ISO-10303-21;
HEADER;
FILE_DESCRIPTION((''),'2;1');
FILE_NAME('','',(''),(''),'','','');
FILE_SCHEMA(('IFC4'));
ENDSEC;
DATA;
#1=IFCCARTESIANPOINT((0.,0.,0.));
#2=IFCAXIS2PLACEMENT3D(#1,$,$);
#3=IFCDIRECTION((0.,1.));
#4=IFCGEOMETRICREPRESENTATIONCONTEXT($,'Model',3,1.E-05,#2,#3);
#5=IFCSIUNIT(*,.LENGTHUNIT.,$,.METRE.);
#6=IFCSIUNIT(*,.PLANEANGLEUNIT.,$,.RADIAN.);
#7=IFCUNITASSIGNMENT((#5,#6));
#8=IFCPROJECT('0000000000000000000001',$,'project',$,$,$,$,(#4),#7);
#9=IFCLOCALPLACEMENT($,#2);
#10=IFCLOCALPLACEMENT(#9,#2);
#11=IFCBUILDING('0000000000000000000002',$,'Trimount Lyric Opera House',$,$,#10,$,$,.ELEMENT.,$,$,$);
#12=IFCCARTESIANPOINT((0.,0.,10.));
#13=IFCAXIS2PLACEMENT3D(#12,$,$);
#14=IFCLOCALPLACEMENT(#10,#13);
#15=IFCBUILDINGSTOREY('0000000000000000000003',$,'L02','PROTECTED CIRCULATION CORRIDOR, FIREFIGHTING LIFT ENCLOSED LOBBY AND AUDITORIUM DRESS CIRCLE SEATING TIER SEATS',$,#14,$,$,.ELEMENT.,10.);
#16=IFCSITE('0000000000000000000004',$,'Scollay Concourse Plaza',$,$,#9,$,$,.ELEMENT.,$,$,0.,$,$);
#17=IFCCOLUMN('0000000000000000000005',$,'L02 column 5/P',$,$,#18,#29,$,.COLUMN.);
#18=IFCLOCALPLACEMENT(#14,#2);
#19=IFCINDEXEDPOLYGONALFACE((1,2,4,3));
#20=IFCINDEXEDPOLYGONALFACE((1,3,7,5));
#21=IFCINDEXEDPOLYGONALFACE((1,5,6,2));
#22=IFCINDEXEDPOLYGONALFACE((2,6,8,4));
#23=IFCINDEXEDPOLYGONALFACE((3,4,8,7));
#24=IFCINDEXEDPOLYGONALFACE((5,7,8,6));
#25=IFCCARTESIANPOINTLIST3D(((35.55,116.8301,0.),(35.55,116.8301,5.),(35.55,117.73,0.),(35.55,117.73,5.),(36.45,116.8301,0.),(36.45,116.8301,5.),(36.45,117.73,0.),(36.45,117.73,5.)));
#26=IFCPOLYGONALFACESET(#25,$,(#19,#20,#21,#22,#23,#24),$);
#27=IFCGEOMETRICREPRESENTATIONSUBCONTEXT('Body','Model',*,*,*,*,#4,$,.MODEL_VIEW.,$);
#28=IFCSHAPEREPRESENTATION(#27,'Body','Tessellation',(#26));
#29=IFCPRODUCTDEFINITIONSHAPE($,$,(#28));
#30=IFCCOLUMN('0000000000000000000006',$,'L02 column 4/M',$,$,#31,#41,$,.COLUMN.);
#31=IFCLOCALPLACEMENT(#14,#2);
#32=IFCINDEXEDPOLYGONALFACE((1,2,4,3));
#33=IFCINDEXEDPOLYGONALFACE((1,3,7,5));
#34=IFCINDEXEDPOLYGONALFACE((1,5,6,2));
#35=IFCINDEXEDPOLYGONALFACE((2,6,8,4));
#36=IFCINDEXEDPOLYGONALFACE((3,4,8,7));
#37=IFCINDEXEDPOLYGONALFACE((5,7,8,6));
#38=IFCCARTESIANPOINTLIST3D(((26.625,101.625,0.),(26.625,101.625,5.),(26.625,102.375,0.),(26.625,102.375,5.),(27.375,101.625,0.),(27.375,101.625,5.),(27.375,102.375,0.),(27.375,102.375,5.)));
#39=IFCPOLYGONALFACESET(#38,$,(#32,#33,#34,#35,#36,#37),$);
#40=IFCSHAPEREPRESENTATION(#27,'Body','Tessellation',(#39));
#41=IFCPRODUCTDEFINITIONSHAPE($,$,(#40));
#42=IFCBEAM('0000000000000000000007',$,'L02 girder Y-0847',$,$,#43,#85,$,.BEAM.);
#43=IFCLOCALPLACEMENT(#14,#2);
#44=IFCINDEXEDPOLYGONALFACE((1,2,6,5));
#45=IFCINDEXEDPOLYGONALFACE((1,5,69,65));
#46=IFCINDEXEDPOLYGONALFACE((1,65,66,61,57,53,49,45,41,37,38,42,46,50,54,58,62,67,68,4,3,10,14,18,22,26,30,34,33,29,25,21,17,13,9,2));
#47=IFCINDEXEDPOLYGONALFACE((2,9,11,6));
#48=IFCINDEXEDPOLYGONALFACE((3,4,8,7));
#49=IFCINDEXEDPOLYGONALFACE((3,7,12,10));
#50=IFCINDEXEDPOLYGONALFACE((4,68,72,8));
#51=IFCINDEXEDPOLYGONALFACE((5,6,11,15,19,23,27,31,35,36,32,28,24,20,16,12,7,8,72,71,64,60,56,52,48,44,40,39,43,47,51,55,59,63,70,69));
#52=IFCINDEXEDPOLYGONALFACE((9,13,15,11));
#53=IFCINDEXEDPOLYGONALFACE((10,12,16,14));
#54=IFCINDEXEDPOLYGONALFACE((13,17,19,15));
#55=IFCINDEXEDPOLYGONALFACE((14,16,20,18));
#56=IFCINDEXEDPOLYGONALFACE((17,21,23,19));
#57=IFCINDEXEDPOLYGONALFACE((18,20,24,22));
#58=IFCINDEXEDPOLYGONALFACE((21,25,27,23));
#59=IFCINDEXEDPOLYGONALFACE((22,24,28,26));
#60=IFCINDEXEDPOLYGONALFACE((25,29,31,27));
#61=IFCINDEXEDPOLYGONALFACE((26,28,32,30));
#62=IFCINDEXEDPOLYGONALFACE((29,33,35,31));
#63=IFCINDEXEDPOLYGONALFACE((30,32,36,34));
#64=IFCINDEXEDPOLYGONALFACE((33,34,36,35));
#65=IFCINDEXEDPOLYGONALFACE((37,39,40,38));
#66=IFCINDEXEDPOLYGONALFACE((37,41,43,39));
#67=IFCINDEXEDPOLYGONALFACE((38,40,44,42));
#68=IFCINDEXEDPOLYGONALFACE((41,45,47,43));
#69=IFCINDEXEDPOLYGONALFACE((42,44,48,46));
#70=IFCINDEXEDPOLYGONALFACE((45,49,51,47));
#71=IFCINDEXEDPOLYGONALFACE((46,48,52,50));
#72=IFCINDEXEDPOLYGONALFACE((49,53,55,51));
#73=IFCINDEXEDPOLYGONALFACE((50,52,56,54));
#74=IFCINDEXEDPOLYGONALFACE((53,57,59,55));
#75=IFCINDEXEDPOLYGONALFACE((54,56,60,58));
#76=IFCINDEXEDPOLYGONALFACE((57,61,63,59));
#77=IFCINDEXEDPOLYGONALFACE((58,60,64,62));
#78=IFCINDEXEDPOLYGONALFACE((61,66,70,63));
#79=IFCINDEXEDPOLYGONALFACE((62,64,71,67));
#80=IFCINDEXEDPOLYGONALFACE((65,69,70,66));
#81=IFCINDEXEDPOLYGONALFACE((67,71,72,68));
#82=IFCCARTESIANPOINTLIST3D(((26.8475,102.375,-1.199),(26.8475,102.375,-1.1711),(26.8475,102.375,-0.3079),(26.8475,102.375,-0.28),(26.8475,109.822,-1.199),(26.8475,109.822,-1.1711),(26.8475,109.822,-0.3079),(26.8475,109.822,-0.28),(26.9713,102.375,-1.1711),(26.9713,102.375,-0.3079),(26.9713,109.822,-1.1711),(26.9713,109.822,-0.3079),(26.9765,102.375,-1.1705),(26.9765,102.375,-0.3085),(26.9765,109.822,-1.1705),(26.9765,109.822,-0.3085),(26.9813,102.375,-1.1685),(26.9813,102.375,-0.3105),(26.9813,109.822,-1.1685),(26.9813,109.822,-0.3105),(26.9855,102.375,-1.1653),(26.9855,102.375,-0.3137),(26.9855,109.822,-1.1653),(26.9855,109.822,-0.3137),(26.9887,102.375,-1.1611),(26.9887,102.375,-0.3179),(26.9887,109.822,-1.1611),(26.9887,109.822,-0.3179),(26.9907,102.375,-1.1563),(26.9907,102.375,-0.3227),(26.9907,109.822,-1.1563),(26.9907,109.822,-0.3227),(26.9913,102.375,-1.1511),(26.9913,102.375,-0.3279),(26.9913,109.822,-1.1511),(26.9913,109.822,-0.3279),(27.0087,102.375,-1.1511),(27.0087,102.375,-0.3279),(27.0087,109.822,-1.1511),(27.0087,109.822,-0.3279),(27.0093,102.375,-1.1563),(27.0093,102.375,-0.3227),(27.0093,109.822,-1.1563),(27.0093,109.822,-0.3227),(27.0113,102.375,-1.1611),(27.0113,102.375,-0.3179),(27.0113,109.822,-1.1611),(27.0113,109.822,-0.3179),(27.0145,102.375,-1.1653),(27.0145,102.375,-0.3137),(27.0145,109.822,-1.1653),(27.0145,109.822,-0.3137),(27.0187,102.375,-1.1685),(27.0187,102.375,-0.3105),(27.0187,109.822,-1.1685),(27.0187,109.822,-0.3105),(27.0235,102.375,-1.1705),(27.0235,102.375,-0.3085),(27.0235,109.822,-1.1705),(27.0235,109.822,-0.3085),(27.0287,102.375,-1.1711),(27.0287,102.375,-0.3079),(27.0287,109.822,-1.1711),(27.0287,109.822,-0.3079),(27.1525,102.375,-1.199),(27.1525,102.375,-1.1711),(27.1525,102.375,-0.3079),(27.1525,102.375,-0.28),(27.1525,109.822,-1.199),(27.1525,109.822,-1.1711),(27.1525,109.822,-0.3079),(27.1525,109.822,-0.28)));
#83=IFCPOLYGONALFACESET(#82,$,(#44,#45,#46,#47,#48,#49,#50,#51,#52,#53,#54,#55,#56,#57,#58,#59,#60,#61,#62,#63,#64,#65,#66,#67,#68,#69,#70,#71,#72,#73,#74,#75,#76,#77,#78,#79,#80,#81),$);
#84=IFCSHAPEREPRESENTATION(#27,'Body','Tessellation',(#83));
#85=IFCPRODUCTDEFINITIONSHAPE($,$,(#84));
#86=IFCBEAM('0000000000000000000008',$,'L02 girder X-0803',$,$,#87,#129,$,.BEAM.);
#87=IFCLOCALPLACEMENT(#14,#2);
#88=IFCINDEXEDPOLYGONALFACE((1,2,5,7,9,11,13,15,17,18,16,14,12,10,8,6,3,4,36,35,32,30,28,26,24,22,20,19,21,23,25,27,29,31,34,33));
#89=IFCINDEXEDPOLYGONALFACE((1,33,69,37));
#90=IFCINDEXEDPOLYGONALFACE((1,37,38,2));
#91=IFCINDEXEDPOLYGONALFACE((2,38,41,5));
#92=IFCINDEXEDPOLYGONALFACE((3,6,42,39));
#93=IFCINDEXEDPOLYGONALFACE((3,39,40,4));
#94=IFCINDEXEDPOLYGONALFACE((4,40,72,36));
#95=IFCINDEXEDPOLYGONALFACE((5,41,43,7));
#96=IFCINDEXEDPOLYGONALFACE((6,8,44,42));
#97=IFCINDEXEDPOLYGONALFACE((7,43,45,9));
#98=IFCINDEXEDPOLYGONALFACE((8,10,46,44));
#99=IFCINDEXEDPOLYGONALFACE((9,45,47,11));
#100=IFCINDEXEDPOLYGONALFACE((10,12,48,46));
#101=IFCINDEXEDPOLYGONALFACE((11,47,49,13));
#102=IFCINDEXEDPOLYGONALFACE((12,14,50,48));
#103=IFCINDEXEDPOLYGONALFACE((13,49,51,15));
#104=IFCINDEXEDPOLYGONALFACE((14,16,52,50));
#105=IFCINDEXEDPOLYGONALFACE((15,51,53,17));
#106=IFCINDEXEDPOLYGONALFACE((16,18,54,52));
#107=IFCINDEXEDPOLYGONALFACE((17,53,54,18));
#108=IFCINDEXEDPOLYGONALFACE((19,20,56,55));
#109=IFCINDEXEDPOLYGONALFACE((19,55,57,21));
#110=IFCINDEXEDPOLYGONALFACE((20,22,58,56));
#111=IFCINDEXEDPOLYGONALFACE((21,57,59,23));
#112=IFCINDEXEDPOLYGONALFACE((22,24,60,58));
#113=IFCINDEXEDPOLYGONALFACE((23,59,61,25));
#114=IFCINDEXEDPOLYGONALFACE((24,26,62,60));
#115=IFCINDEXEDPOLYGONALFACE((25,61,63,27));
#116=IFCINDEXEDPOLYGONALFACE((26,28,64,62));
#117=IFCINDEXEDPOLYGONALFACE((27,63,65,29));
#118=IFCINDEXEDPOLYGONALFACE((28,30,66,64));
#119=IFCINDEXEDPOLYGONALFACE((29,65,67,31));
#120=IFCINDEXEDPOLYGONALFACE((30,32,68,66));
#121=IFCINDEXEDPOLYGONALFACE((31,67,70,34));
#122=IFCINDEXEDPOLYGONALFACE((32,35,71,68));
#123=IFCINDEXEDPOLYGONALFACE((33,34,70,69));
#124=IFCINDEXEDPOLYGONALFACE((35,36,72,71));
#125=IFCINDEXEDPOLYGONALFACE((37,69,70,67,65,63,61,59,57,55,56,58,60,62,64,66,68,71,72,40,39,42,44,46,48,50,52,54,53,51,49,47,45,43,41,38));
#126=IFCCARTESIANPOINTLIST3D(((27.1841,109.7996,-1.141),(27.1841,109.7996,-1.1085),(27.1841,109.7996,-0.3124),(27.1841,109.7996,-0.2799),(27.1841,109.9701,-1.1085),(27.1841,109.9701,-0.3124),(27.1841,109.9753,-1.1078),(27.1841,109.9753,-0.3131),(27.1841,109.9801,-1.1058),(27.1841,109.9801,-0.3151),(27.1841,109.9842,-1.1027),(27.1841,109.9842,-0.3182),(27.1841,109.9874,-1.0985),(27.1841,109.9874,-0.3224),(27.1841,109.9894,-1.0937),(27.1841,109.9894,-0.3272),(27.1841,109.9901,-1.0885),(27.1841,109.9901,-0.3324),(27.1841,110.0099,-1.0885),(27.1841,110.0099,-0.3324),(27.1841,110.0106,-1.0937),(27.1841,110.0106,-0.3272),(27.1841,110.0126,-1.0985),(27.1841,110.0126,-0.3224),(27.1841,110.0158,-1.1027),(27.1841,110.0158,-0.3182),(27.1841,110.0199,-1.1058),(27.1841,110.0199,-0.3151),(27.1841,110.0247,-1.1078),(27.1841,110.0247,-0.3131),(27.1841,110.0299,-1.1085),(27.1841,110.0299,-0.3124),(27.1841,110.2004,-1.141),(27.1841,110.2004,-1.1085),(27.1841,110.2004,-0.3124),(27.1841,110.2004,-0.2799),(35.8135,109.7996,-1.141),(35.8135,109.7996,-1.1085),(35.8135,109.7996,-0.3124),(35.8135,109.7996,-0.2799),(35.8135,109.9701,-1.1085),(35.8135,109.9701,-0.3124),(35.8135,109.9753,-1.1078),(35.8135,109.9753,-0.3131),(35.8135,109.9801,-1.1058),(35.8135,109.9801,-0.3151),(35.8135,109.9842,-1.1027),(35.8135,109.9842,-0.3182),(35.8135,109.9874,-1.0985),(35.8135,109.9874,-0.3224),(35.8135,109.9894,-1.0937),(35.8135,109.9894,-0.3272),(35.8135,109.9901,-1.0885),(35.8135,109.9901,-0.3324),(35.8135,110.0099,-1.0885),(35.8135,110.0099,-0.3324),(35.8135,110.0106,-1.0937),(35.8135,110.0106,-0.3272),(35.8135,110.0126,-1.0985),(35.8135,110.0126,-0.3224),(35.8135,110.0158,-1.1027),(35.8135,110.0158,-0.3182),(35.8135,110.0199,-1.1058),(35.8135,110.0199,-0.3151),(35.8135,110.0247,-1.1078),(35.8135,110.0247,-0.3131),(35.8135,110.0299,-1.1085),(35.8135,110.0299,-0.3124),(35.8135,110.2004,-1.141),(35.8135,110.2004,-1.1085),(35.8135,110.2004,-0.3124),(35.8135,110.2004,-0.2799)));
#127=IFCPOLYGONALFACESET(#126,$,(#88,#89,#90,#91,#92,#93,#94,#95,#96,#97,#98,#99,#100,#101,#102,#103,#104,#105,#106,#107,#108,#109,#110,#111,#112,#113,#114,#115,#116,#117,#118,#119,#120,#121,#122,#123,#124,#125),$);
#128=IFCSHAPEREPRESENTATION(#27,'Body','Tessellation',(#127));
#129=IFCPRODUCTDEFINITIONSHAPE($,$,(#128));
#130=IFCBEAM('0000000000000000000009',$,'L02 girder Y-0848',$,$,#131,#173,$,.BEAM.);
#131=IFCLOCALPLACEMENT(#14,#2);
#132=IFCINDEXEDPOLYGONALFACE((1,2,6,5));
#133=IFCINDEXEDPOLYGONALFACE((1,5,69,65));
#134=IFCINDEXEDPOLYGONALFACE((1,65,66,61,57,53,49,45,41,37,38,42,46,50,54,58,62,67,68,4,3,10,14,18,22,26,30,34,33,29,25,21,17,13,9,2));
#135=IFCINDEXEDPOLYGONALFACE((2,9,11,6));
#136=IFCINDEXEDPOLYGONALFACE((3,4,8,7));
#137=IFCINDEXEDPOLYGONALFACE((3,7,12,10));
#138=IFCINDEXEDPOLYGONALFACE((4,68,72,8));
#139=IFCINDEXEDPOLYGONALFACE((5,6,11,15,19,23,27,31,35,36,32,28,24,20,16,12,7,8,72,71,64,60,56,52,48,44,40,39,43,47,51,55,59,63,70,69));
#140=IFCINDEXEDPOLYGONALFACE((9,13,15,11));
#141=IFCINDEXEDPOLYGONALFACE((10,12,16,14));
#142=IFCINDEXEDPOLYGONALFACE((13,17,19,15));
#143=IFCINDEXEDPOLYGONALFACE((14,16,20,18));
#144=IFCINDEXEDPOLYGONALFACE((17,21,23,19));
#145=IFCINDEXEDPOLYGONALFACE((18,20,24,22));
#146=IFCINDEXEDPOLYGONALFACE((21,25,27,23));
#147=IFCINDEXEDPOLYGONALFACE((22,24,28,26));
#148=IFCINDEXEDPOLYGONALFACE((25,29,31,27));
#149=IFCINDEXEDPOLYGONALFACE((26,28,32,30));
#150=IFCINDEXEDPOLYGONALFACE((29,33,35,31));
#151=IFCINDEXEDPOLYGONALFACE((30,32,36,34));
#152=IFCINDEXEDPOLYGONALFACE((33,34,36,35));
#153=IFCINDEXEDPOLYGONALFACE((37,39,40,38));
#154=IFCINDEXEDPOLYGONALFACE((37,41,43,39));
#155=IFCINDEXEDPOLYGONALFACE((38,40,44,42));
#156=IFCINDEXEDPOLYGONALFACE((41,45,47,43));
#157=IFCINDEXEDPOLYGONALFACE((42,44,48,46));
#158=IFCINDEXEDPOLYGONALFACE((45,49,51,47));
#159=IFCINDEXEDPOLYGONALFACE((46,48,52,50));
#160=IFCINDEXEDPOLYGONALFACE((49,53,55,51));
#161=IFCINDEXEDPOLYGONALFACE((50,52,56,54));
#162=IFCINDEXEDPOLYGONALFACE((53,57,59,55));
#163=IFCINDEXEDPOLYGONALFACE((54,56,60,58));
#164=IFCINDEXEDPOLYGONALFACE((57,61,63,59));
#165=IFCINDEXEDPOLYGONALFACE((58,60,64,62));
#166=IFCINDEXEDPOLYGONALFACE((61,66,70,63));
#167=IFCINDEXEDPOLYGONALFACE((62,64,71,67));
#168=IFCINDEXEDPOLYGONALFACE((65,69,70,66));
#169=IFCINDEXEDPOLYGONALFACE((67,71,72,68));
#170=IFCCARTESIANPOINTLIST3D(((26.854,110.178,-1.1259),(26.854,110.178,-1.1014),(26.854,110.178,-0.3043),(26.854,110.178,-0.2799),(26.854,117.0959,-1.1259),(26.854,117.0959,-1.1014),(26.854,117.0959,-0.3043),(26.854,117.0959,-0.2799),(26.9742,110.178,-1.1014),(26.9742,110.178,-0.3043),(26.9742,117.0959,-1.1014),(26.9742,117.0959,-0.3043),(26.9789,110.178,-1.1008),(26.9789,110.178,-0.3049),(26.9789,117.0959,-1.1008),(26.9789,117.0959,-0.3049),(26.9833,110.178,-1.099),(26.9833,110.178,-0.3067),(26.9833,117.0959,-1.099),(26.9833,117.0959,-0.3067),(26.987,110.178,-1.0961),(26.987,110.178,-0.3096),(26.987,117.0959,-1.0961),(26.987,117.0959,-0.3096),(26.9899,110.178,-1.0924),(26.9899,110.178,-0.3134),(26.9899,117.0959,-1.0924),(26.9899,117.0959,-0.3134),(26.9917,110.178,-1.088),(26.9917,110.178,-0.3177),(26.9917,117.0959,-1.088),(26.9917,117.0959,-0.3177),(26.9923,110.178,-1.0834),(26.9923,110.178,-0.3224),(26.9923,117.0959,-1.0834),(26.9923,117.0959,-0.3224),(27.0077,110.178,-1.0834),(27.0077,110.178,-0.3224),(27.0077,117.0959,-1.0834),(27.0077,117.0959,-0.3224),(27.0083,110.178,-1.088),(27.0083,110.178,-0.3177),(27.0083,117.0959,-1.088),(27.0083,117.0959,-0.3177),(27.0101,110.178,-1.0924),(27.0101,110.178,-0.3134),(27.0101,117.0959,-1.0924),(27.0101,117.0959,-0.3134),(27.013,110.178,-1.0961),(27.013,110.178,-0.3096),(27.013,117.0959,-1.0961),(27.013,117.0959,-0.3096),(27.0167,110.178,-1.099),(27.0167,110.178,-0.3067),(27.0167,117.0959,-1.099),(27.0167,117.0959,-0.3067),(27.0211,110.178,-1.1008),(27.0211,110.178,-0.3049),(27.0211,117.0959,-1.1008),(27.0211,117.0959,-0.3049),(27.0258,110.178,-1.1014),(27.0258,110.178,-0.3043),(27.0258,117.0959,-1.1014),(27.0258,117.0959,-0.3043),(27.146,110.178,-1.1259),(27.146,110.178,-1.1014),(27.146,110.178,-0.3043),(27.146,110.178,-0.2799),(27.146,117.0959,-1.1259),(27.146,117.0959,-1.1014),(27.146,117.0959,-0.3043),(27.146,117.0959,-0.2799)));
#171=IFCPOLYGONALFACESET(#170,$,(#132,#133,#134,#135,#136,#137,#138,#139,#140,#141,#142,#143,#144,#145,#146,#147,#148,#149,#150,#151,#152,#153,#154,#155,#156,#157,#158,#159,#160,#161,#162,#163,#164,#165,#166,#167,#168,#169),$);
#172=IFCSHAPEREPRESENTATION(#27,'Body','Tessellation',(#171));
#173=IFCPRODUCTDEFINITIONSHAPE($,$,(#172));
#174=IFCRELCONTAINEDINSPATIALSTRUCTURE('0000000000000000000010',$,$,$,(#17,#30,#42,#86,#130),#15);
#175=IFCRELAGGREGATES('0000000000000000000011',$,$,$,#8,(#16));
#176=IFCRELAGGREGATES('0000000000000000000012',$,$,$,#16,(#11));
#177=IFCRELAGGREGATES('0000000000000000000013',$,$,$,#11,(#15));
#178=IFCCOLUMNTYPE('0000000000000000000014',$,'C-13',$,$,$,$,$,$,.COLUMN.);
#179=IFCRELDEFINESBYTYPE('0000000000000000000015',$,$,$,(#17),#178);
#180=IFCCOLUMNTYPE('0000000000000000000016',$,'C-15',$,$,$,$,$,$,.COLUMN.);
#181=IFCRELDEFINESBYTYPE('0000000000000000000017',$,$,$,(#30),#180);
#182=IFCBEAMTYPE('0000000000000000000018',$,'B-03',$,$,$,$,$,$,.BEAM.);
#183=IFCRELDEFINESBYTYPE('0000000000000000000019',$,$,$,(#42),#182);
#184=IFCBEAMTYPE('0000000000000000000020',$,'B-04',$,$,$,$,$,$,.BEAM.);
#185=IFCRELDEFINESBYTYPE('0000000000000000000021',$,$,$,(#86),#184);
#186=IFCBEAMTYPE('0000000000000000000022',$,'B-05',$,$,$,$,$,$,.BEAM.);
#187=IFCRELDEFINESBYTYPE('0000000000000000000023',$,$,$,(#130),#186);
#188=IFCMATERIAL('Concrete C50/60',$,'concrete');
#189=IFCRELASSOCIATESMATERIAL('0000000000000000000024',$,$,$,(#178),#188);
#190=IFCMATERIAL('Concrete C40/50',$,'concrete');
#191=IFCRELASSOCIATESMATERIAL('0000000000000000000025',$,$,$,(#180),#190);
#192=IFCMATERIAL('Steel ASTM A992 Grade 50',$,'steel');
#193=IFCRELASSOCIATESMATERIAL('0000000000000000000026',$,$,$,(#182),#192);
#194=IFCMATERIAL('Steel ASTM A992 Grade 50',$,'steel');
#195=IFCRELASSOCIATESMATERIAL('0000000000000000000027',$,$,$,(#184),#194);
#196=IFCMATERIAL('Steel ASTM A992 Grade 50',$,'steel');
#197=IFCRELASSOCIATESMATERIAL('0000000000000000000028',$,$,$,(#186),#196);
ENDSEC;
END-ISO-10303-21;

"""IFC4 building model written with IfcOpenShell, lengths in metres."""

from ifc_helpers import new_model, si_unit, direction, frame, origin, origin_2d, place, context, subcontext, project, spatial, rectangle, i_section, extrude, material, material_profile, profile_set, type_object, element, save


model = new_model("IFC4")

# Units and contexts
model_context = context("Model", 3, precision=1e-05, world=origin(), true_north=direction((0.0, 1.0)))
body_context = subcontext(model_context, "Body", "Model", "MODEL_VIEW")
ifc_project = project(units=[si_unit("LENGTHUNIT", "METRE"), si_unit("PLANEANGLEUNIT", "RADIAN")], contexts=[model_context])

# Site, building, storey
site_placement = place(None, origin())
site = spatial("IfcSite", under=ifc_project, at=site_placement, Name="Scollay Concourse Plaza", CompositionType="ELEMENT", RefElevation=0.0)
building_placement = place(site_placement, origin())
building = spatial("IfcBuilding", under=site, at=building_placement, Name="Trimount Lyric Opera House", CompositionType="ELEMENT")
storey_placement = place(building_placement, frame((0.0, 0.0, 10.0)))
storey = spatial("IfcBuildingStorey", under=building, at=storey_placement, Name="L02", Description="PROTECTED CIRCULATION CORRIDOR, FIREFIGHTING LIFT ENCLOSED LOBBY AND AUDITORIUM DRESS CIRCLE SEATING TIER SEATS", CompositionType="ELEMENT", Elevation=10.0)

# Columns
ifc_material_1 = material(Name="Concrete C50/60", Category="concrete")
ifc_material_profile_1 = material_profile(ifc_material_1, rectangle(XDim=0.8999, YDim=0.8999, at=origin_2d()), Name="RC900X900")
ifc_profile_set_1 = profile_set([ifc_material_profile_1], Name="Concrete C50/60")
column_type_1 = type_object("IfcColumnType", Name="C-13", PredefinedType="COLUMN", material=ifc_profile_set_1)
column_1_placement = place(storey_placement, frame((36.0, 117.28, 0.0), z_axis=(0.0, 0.0, 1.0), x_axis=(1.0, 0.0, 0.0)))
element("IfcColumn", 1, at=column_1_placement, inside=storey, type_object=column_type_1, Name="L02 column 5/P", PredefinedType="COLUMN", context=body_context, shape_type="SweptSolid", body=[
    extrude(rectangle(XDim=0.8999, YDim=0.8999, at=origin_2d()), origin(), (0.0, 0.0, 1.0), 5.0),
])
ifc_material_2 = material(Name="Concrete C40/50", Category="concrete")
ifc_material_profile_2 = material_profile(ifc_material_2, rectangle(XDim=0.75, YDim=0.75, at=origin_2d()), Name="RC750X750")
ifc_profile_set_2 = profile_set([ifc_material_profile_2], Name="Concrete C40/50")
column_type_2 = type_object("IfcColumnType", Name="C-15", PredefinedType="COLUMN", material=ifc_profile_set_2)
column_2_placement = place(storey_placement, frame((27.0, 102.0, 0.0), z_axis=(0.0, 0.0, 1.0), x_axis=(1.0, 0.0, 0.0)))
element("IfcColumn", 2, at=column_2_placement, inside=storey, type_object=column_type_2, Name="L02 column 4/M", PredefinedType="COLUMN", context=body_context, shape_type="SweptSolid", body=[
    extrude(rectangle(XDim=0.75, YDim=0.75, at=origin_2d()), origin(), (0.0, 0.0, 1.0), 5.0),
])

# Beams
ifc_material_3 = material(Name="Steel ASTM A992 Grade 50", Category="steel")
ifc_material_profile_3 = material_profile(ifc_material_3, i_section(OverallWidth=0.3049, OverallDepth=0.9189, WebThickness=0.0173, FlangeThickness=0.0278, FilletRadius=0.02, at=origin_2d()), Name="W36X170")
ifc_profile_set_3 = profile_set([ifc_material_profile_3], Name="Steel ASTM A992 Grade 50")
beam_type_1 = type_object("IfcBeamType", Name="B-03", PredefinedType="BEAM", material=ifc_profile_set_3)
beam_1_placement = place(storey_placement, frame((27.0, 102.375, -0.7395), z_axis=(0.0, 1.0, 0.0), x_axis=(-1.0, 0.0, 0.0)))
element("IfcBeam", 3, at=beam_1_placement, inside=storey, type_object=beam_type_1, Name="L02 girder Y-0847", PredefinedType="BEAM", context=body_context, shape_type="SweptSolid", body=[
    extrude(i_section(OverallWidth=0.3049, OverallDepth=0.9189, WebThickness=0.0173, FlangeThickness=0.0278, FilletRadius=0.02, at=origin_2d()), origin(), (0.0, 0.0, 1.0), 7.447),
])
ifc_material_4 = material(Name="Steel ASTM A992 Grade 50", Category="steel")
ifc_material_profile_4 = material_profile(ifc_material_4, i_section(OverallWidth=0.4009, OverallDepth=0.8611, WebThickness=0.0198, FlangeThickness=0.0325, FilletRadius=0.02, at=origin_2d()), Name="W33X221")
ifc_profile_set_4 = profile_set([ifc_material_profile_4], Name="Steel ASTM A992 Grade 50")
beam_type_2 = type_object("IfcBeamType", Name="B-04", PredefinedType="BEAM", material=ifc_profile_set_4)
beam_2_placement = place(storey_placement, frame((27.1841, 110.0, -0.7104), z_axis=(1.0, 0.0, 0.0), x_axis=(0.0, 1.0, 0.0)))
element("IfcBeam", 4, at=beam_2_placement, inside=storey, type_object=beam_type_2, Name="L02 girder X-0803", PredefinedType="BEAM", context=body_context, shape_type="SweptSolid", body=[
    extrude(i_section(OverallWidth=0.4009, OverallDepth=0.8611, WebThickness=0.0198, FlangeThickness=0.0325, FilletRadius=0.02, at=origin_2d()), origin(), (0.0, 0.0, 1.0), 8.6294),
])
ifc_material_5 = material(Name="Steel ASTM A992 Grade 50", Category="steel")
ifc_material_profile_5 = material_profile(ifc_material_5, i_section(OverallWidth=0.292, OverallDepth=0.8459, WebThickness=0.0154, FlangeThickness=0.0244, FilletRadius=0.0181, at=origin_2d()), Name="W33X141")
ifc_profile_set_5 = profile_set([ifc_material_profile_5], Name="Steel ASTM A992 Grade 50")
beam_type_3 = type_object("IfcBeamType", Name="B-05", PredefinedType="BEAM", material=ifc_profile_set_5)
beam_3_placement = place(storey_placement, frame((27.0, 110.178, -0.7029), z_axis=(0.0, 1.0, 0.0), x_axis=(-1.0, 0.0, 0.0)))
element("IfcBeam", 5, at=beam_3_placement, inside=storey, type_object=beam_type_3, Name="L02 girder Y-0848", PredefinedType="BEAM", context=body_context, shape_type="SweptSolid", body=[
    extrude(i_section(OverallWidth=0.292, OverallDepth=0.8459, WebThickness=0.0154, FlangeThickness=0.0244, FilletRadius=0.0181, at=origin_2d()), origin(), (0.0, 0.0, 1.0), 6.918),
])

save(model, "model.ifc")
